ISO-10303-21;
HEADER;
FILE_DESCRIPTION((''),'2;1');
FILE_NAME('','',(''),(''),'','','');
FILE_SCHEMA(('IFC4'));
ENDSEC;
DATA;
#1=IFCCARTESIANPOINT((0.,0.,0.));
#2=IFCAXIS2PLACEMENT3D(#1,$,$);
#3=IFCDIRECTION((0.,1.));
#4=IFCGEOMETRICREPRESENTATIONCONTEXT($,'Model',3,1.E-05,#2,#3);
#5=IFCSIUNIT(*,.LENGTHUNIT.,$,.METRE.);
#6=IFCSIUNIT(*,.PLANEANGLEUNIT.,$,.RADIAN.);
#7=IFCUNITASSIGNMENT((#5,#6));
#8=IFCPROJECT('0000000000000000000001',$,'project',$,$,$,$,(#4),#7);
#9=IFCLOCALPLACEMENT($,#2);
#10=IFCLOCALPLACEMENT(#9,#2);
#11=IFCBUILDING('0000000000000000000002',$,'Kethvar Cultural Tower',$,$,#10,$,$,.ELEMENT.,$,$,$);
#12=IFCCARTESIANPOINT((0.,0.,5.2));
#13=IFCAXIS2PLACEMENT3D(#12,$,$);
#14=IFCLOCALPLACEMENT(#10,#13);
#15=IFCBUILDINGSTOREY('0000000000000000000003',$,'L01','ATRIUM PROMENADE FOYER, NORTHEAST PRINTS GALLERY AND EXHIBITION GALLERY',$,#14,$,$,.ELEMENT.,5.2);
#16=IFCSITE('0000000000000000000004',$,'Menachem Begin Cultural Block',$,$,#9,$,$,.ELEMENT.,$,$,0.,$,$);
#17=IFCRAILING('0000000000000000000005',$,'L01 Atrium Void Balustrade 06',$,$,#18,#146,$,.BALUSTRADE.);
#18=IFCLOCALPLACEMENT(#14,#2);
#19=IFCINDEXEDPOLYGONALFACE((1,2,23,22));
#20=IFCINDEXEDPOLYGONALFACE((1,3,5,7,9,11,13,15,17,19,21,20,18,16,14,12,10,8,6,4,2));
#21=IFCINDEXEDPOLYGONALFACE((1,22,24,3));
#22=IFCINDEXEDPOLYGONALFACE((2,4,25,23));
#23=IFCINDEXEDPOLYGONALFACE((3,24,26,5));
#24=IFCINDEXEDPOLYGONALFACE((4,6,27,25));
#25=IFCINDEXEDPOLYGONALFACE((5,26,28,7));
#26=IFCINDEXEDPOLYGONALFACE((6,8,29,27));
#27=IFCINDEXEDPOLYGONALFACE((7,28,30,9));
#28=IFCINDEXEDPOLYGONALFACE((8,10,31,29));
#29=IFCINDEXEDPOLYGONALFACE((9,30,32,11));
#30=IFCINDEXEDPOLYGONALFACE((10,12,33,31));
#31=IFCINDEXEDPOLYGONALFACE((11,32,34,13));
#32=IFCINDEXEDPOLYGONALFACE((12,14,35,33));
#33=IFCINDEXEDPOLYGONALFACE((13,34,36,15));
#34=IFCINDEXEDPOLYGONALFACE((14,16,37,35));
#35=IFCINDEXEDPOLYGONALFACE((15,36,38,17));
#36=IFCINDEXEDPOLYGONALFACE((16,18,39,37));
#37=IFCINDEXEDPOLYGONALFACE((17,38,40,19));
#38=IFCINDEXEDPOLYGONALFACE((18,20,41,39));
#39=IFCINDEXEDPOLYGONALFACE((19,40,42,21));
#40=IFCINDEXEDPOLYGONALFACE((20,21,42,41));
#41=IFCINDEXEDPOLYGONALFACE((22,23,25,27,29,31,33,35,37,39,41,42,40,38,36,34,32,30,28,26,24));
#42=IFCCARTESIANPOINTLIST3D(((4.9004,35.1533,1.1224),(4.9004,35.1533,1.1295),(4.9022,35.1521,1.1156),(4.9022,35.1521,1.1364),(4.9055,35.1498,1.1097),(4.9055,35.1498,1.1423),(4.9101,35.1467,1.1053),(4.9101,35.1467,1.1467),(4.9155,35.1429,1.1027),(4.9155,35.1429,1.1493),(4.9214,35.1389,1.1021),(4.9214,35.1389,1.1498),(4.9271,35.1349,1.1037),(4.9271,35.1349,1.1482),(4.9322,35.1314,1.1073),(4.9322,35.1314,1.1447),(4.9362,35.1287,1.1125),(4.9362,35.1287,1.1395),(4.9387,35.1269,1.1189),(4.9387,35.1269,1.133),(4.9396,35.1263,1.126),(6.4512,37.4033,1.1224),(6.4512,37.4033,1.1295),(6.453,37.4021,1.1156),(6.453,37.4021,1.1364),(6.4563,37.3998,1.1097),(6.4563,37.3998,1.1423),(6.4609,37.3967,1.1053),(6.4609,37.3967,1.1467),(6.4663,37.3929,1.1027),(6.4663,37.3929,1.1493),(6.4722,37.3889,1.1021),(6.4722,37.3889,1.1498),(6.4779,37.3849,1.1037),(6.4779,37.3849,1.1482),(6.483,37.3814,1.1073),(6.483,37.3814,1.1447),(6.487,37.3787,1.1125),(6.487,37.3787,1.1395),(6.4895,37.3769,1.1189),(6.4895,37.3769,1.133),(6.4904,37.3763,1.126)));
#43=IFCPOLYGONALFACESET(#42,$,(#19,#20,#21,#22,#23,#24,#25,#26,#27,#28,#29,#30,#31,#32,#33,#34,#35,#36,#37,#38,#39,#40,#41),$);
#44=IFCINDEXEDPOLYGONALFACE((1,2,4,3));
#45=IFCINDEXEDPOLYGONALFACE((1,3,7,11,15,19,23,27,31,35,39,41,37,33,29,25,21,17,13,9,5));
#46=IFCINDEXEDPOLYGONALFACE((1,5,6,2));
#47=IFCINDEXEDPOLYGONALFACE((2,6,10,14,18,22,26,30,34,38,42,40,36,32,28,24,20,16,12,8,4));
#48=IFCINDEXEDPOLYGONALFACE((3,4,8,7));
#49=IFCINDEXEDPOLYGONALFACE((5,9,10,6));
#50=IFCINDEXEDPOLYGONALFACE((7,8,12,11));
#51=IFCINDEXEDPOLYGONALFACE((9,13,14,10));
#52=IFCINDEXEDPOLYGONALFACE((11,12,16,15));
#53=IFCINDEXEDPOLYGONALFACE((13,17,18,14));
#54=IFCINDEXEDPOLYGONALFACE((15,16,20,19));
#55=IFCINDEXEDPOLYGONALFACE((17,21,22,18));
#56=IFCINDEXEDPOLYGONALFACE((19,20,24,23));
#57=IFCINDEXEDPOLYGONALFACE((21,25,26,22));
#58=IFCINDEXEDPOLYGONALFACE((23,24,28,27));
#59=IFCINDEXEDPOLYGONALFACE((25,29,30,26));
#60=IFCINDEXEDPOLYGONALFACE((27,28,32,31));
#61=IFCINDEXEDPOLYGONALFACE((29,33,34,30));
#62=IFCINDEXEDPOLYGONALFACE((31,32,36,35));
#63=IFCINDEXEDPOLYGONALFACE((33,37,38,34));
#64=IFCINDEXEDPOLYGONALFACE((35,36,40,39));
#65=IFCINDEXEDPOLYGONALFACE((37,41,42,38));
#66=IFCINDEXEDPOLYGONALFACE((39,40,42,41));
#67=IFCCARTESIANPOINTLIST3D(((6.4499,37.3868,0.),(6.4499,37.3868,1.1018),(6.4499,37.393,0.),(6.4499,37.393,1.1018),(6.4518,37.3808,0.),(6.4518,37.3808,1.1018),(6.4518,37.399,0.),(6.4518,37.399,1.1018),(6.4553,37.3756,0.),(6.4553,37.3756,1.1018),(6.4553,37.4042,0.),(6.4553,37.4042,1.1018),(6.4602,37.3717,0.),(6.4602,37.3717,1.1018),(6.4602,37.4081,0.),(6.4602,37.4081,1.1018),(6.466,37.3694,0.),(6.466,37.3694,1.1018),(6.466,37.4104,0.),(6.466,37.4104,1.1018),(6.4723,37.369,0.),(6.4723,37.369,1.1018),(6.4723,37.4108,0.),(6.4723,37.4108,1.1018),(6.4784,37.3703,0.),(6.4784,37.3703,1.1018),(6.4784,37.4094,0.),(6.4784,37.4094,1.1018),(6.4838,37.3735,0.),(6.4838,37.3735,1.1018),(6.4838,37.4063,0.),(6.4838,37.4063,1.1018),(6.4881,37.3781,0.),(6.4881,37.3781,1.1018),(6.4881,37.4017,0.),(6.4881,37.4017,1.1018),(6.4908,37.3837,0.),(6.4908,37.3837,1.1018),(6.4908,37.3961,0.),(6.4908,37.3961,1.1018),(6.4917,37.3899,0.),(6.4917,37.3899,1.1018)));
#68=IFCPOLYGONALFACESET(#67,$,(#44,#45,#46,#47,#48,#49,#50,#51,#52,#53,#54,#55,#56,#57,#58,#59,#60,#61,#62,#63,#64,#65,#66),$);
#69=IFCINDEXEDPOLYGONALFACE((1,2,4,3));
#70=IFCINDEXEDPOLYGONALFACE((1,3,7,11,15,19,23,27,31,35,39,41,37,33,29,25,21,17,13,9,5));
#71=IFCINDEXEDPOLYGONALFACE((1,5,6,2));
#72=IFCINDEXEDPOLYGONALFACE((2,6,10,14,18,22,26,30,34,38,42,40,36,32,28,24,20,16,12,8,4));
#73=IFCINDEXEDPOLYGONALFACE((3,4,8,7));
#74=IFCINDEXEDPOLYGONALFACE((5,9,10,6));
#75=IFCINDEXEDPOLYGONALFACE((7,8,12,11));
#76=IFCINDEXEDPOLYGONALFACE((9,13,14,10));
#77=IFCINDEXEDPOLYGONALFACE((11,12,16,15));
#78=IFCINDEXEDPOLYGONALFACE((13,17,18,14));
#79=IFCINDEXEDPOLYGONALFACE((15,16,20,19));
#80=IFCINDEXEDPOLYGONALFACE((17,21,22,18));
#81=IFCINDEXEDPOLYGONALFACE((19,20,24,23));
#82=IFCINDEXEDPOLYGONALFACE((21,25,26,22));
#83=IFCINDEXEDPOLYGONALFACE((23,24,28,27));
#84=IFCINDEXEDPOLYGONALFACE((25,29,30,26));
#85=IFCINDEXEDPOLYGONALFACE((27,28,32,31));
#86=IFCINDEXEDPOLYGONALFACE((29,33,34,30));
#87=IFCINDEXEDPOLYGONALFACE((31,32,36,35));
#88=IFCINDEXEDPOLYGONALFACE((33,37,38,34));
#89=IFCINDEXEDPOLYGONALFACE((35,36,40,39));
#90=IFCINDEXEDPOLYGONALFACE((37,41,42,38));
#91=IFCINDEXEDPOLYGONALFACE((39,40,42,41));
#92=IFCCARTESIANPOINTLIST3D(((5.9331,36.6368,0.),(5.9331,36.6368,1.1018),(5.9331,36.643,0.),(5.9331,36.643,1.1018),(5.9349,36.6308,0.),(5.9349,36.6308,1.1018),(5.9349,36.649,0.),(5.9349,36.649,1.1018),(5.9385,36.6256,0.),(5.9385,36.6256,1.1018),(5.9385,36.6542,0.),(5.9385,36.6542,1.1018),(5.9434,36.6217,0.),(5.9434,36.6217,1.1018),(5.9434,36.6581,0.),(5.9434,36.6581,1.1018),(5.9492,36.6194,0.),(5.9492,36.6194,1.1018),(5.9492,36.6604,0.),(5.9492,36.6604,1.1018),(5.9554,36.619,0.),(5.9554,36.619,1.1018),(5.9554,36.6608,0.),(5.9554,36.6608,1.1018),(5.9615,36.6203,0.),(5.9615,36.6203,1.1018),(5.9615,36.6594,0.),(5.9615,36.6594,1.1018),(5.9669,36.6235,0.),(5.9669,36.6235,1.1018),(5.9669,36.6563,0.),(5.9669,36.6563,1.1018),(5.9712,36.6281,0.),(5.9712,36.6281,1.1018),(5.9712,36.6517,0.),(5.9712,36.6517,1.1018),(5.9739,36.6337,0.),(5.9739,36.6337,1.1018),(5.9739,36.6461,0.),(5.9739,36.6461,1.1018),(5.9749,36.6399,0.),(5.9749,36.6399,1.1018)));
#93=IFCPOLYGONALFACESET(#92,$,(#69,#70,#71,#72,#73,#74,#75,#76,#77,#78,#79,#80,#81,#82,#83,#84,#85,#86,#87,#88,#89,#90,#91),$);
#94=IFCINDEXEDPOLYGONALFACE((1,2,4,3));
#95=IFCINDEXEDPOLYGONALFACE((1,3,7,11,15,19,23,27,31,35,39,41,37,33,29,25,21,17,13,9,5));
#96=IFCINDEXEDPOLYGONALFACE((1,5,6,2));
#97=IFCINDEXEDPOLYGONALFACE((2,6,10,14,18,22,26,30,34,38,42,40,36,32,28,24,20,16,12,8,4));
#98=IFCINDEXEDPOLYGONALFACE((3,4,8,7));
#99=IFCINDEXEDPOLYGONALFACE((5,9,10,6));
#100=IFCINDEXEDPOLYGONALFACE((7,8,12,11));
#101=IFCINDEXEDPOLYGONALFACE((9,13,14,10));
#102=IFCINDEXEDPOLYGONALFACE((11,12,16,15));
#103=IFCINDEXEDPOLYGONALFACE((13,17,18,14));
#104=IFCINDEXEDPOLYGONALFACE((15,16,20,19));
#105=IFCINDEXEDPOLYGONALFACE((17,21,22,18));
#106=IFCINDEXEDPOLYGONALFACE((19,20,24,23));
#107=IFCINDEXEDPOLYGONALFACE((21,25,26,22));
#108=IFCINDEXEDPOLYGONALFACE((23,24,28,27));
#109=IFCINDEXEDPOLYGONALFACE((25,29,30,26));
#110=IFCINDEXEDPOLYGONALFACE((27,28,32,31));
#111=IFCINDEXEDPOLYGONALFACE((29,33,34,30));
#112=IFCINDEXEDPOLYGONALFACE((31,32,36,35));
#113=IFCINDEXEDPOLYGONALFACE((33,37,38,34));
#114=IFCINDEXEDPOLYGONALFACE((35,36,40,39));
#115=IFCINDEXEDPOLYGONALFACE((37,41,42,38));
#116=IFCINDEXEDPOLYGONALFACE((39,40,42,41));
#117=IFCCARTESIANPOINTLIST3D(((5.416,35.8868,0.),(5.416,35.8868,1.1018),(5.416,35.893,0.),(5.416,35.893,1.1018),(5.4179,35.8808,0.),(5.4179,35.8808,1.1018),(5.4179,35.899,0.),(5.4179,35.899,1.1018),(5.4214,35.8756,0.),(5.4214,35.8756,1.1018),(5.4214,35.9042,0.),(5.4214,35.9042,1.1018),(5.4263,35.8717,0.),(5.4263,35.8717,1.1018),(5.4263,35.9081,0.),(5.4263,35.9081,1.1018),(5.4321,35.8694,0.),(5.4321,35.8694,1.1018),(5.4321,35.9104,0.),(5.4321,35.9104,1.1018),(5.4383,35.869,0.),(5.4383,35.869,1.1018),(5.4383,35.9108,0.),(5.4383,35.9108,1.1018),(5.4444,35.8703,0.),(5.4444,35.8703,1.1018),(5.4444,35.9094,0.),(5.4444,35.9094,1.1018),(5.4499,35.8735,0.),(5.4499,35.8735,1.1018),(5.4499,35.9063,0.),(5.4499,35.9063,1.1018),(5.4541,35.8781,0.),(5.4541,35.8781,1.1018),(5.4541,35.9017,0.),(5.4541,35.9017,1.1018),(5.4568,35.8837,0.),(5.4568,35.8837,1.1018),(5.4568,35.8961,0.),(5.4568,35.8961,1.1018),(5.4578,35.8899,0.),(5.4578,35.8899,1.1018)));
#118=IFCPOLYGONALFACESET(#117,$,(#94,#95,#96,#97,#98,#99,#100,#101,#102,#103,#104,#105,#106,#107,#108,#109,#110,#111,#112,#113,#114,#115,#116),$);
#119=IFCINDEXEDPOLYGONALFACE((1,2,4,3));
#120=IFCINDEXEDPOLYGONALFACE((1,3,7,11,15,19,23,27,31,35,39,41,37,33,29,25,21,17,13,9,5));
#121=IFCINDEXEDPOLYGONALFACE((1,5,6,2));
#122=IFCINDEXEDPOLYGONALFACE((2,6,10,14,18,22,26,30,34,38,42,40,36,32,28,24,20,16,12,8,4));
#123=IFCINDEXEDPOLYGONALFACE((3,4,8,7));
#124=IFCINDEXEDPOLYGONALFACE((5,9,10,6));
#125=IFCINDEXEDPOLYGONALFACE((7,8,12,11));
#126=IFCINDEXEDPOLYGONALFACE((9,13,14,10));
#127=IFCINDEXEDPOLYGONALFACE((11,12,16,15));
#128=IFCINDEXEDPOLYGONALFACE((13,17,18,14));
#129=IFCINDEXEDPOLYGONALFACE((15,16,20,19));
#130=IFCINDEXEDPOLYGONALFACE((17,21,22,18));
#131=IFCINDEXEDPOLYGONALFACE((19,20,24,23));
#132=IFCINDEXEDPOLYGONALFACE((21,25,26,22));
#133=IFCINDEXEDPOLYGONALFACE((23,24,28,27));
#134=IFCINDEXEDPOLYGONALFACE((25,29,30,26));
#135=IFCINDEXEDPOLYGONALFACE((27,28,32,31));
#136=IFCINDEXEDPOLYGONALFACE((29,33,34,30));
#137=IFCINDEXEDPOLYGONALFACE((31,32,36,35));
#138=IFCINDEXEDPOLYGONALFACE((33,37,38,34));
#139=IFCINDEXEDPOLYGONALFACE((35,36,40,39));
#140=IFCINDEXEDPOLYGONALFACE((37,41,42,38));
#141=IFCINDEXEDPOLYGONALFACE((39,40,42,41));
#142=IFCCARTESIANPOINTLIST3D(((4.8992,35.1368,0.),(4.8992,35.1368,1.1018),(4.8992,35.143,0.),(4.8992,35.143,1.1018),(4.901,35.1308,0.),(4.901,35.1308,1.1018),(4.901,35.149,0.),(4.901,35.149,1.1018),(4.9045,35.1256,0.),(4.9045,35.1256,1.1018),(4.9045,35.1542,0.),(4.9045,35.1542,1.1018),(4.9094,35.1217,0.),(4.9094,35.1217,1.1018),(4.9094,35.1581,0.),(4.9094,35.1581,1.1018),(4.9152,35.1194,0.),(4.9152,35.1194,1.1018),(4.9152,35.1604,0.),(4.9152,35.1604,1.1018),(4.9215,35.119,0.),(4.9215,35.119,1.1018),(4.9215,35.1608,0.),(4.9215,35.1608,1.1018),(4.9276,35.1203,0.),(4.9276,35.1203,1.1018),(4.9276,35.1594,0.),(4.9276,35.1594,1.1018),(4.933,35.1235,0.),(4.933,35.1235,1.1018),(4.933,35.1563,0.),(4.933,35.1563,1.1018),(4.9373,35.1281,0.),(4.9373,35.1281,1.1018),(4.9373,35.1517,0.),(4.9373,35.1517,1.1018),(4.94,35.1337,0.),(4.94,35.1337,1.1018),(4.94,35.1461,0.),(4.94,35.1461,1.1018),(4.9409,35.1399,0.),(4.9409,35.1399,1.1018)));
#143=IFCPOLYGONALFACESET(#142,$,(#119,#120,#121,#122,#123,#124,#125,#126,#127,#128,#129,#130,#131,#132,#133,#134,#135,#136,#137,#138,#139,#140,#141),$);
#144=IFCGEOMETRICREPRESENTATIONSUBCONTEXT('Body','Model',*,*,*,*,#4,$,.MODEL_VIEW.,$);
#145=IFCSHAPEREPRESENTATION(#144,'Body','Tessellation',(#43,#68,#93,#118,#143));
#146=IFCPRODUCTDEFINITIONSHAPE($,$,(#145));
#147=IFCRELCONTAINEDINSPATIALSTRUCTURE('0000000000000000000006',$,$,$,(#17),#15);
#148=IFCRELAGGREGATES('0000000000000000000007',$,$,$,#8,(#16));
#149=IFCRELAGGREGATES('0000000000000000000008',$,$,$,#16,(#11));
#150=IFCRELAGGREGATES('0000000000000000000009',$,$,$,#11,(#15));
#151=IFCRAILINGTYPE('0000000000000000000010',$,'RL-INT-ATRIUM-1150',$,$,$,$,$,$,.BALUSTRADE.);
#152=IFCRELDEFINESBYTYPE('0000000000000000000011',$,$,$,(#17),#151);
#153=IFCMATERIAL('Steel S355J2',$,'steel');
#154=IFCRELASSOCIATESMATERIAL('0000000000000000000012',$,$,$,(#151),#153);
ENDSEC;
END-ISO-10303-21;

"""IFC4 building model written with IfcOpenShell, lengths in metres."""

from ifc_helpers import new_model, si_unit, direction, frame, origin, origin_2d, place, context, subcontext, project, spatial, circle, extrude, material, type_object, element, save


model = new_model("IFC4")

# Units and contexts
model_context = context("Model", 3, precision=1e-05, world=origin(), true_north=direction((0.0, 1.0)))
body_context = subcontext(model_context, "Body", "Model", "MODEL_VIEW")
ifc_project = project(units=[si_unit("LENGTHUNIT", "METRE"), si_unit("PLANEANGLEUNIT", "RADIAN")], contexts=[model_context])

# Site, building, storey
site_placement = place(None, origin())
site = spatial("IfcSite", under=ifc_project, at=site_placement, Name="Menachem Begin Cultural Block", CompositionType="ELEMENT", RefElevation=0.0)
building_placement = place(site_placement, origin())
building = spatial("IfcBuilding", under=site, at=building_placement, Name="Kethvar Cultural Tower", CompositionType="ELEMENT")
storey_placement = place(building_placement, frame((0.0, 0.0, 5.2)))
storey = spatial("IfcBuildingStorey", under=building, at=storey_placement, Name="L01", Description="ATRIUM PROMENADE FOYER, NORTHEAST PRINTS GALLERY AND EXHIBITION GALLERY", CompositionType="ELEMENT", Elevation=5.2)

# Shared definitions
ifc_material_1 = material(Name="Steel S355J2", Category="steel")

# Railing
railing_type_1 = type_object("IfcRailingType", Name="RL-INT-ATRIUM-1150", PredefinedType="BALUSTRADE", material=ifc_material_1)
railing_1_placement = place(storey_placement, frame((6.4707, 37.3899, 0.0)))
element("IfcRailing", 1, at=railing_1_placement, inside=storey, type_object=railing_type_1, Name="L01 Atrium Void Balustrade 06", PredefinedType="BALUSTRADE", context=body_context, shape_type="SweptSolid", body=[
    extrude(circle(Radius=0.0239, at=origin_2d()), frame((0.0, 0.0, 1.126), z_axis=(-0.567499, -0.823374, 0.0), x_axis=(0.823374, -0.567499, 0.0)), (0.0, 0.0, 1.0), 2.7327),
    extrude(circle(Radius=0.021, at=origin_2d()), origin(), (0.0, 0.0, 1.0), 1.1018),
    extrude(circle(Radius=0.021, at=origin_2d()), frame((-0.5168, -0.75, 0.0)), (0.0, 0.0, 1.0), 1.1018),
    extrude(circle(Radius=0.021, at=origin_2d()), frame((-1.0339, -1.5, 0.0)), (0.0, 0.0, 1.0), 1.1018),
    extrude(circle(Radius=0.021, at=origin_2d()), frame((-1.5508, -2.25, 0.0)), (0.0, 0.0, 1.0), 1.1018),
])

save(model, "model.ifc")
